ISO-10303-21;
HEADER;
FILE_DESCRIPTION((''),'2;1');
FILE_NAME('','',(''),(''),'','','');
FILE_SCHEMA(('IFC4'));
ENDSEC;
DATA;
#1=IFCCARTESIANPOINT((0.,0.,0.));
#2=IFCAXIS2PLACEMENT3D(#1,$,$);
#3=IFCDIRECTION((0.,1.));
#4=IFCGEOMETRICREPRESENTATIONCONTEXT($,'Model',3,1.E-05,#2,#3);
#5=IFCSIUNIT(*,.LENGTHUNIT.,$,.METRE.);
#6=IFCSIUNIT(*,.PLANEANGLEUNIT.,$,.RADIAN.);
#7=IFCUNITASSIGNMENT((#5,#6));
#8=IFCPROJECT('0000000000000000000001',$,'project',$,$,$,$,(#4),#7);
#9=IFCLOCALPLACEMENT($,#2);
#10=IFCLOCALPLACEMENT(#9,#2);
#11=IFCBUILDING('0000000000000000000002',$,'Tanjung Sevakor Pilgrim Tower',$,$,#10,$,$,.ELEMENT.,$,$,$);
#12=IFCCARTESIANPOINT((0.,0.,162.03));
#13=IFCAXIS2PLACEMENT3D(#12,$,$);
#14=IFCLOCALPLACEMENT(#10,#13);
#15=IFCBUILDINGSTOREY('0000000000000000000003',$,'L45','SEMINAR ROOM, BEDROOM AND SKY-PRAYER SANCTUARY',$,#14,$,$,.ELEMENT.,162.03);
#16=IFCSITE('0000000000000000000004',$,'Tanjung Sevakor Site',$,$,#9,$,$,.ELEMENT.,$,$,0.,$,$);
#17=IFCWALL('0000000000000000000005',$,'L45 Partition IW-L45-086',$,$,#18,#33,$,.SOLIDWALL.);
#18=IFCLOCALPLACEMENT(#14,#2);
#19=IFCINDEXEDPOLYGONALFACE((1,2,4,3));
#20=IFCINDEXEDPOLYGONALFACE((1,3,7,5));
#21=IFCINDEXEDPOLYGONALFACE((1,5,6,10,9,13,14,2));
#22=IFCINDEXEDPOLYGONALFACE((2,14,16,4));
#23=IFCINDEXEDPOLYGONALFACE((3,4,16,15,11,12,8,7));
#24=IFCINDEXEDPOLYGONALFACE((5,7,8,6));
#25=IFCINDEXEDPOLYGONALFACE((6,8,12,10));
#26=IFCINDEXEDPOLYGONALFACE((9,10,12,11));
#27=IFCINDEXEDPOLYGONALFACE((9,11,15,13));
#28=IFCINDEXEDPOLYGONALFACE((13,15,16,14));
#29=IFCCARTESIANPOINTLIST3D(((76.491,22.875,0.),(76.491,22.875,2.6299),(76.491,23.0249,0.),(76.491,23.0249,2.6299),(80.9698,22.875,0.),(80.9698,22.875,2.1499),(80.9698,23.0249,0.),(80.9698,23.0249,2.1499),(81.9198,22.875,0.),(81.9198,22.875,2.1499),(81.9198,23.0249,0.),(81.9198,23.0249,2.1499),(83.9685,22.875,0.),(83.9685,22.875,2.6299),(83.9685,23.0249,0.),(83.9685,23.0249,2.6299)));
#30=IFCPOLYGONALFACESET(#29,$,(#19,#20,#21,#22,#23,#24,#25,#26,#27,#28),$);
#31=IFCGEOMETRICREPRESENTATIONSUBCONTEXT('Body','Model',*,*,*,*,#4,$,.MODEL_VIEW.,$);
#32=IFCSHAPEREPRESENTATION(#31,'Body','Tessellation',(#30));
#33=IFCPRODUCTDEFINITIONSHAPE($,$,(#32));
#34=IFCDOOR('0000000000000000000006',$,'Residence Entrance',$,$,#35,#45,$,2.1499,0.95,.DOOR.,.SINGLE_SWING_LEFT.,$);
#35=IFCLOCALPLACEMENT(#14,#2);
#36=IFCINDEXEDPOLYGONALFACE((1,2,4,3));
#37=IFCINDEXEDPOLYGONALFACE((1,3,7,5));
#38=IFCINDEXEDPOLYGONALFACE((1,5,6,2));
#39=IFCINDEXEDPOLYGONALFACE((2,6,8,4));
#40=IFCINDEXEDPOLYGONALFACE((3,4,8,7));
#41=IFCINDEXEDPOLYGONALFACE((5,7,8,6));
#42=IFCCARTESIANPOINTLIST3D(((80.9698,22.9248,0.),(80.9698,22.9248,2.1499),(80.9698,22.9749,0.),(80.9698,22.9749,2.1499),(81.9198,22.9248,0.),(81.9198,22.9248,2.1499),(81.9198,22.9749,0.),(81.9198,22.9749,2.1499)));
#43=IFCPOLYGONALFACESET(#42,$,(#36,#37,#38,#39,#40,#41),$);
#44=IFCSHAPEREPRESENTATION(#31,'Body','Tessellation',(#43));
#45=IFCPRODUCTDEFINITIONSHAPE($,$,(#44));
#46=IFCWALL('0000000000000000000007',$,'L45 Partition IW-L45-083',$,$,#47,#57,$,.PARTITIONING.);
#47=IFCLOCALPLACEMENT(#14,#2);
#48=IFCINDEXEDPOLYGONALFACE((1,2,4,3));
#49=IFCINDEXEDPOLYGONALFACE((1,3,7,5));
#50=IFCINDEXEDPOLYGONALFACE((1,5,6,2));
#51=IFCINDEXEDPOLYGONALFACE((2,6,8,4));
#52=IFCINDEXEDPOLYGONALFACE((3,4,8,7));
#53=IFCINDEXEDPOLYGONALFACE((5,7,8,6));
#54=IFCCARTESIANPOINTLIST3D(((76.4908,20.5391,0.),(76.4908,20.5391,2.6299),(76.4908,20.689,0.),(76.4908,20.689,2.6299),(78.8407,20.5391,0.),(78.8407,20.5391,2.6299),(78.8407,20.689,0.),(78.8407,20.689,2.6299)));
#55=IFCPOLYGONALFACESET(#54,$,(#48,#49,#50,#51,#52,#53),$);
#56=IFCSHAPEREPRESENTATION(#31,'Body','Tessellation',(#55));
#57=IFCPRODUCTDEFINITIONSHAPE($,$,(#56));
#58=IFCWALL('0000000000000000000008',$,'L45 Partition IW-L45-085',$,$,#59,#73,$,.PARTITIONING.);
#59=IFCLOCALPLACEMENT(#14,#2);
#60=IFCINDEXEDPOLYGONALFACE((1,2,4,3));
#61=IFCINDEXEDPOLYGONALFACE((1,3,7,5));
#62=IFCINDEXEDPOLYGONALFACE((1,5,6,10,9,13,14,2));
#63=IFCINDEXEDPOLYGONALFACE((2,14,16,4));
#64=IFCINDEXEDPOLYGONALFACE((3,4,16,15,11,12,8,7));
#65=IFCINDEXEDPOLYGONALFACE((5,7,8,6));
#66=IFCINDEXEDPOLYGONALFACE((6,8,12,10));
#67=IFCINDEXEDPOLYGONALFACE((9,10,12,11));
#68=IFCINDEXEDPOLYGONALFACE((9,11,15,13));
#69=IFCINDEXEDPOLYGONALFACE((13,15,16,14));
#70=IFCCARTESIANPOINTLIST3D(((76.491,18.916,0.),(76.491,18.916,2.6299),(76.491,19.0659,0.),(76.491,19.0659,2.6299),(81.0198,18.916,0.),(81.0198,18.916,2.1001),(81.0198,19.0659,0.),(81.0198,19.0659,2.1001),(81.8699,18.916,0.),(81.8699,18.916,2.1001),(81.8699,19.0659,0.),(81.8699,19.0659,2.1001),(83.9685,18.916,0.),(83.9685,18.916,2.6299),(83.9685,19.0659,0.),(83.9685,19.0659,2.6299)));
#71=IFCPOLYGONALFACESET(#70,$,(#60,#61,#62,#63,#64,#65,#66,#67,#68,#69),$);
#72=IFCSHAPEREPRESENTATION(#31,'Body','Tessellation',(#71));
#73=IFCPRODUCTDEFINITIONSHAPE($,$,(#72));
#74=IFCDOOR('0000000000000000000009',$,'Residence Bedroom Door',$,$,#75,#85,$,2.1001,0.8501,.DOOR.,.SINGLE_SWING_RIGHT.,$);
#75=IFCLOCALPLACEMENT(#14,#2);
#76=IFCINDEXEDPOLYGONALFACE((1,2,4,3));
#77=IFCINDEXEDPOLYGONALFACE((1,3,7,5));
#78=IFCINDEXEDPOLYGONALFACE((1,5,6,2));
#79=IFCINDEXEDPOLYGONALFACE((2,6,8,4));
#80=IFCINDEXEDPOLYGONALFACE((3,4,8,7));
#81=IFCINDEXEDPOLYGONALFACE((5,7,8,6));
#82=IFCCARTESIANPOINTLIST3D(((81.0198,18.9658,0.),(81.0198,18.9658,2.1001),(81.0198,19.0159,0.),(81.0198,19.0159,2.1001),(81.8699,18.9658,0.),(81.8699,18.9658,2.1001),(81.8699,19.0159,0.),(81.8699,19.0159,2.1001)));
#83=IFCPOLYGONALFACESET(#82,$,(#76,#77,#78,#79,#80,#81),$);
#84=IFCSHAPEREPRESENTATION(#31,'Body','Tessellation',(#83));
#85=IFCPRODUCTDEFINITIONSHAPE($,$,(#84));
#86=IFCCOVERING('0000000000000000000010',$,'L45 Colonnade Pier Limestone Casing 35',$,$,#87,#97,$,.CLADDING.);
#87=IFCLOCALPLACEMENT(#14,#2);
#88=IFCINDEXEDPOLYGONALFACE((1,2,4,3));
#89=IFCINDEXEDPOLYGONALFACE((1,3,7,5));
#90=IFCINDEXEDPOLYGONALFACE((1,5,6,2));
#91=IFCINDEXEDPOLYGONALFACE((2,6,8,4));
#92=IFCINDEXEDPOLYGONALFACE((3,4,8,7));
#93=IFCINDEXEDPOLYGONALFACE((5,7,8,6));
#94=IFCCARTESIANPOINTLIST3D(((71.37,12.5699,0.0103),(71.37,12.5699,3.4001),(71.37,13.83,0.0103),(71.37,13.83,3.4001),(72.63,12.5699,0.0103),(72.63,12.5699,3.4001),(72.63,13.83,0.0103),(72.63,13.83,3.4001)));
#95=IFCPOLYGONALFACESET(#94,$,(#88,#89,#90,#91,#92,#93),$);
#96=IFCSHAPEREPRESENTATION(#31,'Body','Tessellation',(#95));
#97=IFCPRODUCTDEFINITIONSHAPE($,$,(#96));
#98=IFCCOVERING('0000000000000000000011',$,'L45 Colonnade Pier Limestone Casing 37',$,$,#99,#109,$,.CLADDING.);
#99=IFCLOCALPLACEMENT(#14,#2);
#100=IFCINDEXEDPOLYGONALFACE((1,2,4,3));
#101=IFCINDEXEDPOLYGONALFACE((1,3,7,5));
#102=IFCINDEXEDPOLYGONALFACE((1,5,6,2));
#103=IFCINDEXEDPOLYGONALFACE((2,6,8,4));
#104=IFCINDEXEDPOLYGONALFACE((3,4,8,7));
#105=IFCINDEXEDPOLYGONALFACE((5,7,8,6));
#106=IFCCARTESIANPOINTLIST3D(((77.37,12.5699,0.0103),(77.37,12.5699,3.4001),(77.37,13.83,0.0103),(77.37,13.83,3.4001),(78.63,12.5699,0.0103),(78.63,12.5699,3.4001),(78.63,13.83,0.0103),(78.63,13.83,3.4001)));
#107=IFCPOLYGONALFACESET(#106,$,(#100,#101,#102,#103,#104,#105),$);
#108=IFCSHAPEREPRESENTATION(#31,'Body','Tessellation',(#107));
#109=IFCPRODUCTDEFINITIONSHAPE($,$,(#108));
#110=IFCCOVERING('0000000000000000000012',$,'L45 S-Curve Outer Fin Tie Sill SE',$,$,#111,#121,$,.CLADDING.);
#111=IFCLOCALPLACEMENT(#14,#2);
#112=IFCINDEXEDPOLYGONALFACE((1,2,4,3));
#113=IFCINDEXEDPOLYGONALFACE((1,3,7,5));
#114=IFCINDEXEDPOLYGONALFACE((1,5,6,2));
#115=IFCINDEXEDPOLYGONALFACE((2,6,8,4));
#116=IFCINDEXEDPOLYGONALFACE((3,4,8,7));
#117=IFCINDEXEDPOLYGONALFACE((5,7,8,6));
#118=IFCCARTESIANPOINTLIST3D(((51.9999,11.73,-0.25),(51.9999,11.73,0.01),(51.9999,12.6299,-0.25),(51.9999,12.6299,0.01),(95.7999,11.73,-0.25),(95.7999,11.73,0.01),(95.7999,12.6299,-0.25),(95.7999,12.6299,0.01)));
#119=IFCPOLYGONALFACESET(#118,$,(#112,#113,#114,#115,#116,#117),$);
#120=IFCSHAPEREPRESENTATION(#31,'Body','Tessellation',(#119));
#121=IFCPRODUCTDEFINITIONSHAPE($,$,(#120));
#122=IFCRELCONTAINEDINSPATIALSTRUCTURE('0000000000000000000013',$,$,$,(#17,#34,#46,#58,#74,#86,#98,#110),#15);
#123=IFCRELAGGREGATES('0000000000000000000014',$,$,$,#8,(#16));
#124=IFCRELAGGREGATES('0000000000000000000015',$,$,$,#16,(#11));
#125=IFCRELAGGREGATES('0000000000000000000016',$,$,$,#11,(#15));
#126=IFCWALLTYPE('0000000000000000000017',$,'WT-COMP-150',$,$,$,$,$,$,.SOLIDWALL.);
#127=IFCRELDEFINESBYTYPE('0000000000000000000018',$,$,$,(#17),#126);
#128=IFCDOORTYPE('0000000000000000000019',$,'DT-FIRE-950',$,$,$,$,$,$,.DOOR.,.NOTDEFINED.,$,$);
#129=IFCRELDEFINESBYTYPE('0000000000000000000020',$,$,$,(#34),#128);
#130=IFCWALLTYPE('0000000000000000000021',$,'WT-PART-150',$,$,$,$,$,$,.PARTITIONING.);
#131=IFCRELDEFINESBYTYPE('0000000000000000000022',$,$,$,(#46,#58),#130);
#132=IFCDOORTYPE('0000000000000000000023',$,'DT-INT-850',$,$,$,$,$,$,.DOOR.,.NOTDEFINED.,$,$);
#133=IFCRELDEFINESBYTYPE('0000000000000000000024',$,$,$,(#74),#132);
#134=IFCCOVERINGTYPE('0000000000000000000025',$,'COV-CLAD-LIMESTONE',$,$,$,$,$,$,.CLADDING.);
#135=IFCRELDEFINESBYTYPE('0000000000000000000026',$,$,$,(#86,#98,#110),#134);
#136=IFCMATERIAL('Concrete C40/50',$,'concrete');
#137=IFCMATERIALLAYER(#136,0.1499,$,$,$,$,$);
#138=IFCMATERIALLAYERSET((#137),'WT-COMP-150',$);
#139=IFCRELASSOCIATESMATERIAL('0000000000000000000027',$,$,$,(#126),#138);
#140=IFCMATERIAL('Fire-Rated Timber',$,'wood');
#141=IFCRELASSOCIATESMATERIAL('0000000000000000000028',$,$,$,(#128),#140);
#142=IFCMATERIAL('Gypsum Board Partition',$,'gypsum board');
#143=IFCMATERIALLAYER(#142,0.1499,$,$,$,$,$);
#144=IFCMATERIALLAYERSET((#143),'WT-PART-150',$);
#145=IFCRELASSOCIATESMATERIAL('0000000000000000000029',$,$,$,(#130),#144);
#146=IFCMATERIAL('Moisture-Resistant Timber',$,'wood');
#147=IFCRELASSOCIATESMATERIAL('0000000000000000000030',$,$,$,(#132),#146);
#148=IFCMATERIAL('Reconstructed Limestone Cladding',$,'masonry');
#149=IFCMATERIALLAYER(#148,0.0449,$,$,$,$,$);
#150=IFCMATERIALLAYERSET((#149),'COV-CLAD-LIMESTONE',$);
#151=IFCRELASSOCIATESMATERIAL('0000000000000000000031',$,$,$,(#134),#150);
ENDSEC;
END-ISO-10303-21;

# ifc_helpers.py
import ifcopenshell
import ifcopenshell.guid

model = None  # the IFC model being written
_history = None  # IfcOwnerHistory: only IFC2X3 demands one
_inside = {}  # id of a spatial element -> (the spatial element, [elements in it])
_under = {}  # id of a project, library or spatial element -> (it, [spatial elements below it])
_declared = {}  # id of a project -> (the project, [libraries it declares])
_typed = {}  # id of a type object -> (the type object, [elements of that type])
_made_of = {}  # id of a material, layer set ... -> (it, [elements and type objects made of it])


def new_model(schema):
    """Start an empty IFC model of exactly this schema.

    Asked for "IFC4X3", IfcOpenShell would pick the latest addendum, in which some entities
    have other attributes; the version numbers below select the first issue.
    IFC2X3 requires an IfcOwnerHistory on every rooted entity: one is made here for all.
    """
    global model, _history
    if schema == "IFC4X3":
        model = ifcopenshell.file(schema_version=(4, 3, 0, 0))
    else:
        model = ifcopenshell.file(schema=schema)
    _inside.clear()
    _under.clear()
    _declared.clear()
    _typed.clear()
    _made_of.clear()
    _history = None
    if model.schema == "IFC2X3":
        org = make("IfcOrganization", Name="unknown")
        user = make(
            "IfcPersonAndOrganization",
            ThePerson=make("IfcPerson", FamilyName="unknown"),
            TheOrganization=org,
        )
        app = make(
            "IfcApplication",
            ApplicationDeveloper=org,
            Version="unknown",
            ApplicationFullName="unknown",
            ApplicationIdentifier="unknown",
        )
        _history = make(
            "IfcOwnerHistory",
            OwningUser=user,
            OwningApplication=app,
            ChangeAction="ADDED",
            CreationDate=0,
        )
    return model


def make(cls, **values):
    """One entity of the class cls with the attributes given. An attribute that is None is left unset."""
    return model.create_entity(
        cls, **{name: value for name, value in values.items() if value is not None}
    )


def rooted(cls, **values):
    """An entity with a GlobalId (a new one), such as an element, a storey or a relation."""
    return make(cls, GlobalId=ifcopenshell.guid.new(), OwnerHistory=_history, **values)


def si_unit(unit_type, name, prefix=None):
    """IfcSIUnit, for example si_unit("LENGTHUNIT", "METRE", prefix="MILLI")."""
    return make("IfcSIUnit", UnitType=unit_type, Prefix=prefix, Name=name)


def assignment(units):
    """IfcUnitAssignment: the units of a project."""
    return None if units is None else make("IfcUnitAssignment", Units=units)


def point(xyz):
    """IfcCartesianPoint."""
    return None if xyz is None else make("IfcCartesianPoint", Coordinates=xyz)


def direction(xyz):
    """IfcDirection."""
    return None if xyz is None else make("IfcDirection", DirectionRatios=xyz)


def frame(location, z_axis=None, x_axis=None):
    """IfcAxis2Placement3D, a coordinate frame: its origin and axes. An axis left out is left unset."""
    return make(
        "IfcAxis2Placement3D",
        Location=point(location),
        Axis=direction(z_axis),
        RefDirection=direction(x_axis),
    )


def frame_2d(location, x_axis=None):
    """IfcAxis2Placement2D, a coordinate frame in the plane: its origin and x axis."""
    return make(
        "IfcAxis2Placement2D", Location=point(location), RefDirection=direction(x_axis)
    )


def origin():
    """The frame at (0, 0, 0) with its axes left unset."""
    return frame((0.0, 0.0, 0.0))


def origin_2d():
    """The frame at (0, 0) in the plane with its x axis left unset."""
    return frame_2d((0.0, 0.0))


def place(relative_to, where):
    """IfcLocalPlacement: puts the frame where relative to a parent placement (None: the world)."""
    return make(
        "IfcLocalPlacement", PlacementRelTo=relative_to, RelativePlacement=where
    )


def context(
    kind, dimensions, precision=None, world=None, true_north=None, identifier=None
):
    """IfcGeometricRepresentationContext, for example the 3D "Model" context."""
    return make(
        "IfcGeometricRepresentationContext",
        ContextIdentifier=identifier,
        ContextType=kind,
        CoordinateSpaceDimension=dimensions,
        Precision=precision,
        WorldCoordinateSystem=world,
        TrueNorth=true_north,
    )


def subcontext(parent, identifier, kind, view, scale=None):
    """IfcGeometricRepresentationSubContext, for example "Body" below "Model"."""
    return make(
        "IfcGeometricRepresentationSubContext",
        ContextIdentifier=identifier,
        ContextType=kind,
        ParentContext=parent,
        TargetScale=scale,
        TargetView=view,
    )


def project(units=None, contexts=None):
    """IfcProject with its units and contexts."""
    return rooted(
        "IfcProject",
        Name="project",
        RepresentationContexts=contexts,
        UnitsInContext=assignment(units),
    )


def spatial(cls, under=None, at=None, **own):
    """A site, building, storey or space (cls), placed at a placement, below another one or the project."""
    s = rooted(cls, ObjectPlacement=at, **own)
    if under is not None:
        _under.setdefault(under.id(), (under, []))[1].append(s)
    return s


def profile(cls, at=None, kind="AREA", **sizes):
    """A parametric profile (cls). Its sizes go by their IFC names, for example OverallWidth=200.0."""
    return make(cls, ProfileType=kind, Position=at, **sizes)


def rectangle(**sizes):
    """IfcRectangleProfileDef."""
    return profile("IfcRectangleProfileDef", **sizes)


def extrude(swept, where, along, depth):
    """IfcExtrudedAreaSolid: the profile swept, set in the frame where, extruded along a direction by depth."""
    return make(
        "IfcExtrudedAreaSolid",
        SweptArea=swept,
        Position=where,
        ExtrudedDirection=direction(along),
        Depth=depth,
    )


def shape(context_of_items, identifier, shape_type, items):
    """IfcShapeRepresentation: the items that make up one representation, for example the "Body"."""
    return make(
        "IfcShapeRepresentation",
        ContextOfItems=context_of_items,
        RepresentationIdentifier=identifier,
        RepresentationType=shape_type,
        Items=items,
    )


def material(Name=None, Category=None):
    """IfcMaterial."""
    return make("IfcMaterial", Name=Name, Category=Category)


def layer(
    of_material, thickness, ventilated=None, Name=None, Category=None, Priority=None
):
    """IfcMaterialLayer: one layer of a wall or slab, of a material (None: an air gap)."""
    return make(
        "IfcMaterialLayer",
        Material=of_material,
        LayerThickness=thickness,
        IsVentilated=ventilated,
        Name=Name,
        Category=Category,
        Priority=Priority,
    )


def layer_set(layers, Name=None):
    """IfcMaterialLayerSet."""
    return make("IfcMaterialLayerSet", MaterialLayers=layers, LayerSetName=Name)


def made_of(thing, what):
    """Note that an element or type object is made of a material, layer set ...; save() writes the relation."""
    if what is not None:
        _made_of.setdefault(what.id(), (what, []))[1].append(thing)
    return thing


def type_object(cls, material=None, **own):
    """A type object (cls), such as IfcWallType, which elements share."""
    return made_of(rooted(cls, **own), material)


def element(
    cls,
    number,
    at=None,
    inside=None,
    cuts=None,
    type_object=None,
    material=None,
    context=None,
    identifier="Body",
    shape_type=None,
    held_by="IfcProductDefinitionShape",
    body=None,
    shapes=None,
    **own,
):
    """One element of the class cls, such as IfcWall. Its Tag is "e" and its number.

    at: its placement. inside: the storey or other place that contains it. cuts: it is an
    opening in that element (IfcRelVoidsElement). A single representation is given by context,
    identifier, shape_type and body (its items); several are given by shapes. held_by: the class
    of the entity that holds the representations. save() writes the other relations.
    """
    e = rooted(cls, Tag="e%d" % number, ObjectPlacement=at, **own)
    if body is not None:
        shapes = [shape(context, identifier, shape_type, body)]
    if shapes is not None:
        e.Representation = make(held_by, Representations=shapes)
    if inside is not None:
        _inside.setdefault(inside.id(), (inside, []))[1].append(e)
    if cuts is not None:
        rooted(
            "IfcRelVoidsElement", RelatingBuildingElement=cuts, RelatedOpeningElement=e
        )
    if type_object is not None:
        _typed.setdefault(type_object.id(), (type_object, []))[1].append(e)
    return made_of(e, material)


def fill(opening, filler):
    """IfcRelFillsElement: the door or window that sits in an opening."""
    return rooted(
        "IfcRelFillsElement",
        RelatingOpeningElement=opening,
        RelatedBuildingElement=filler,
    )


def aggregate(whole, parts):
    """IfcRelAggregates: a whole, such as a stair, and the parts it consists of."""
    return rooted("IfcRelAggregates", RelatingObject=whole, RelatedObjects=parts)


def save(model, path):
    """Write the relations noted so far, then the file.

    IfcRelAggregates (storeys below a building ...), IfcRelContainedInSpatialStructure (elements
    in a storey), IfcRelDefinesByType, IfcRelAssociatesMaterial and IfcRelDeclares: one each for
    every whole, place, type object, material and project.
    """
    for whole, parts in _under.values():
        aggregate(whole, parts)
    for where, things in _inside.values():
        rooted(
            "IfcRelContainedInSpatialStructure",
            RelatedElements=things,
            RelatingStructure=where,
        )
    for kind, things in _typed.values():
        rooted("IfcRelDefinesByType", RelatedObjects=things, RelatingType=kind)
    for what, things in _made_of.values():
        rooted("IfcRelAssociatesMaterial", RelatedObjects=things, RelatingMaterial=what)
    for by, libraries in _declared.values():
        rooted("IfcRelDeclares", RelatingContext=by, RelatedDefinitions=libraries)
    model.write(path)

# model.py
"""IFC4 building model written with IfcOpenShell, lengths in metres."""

from ifc_helpers import new_model, si_unit, direction, frame, frame_2d, origin, origin_2d, place, context, subcontext, project, spatial, rectangle, extrude, material, layer, layer_set, type_object, element, fill, save


model = new_model("IFC4")

# Units and contexts
model_context = context("Model", 3, precision=1e-05, world=origin(), true_north=direction((0.0, 1.0)))
body_context = subcontext(model_context, "Body", "Model", "MODEL_VIEW")
ifc_project = project(units=[si_unit("LENGTHUNIT", "METRE"), si_unit("PLANEANGLEUNIT", "RADIAN")], contexts=[model_context])

# Site, building, storey
site_placement = place(None, origin())
site = spatial("IfcSite", under=ifc_project, at=site_placement, Name="Tanjung Sevakor Site", CompositionType="ELEMENT", RefElevation=0.0)
building_placement = place(site_placement, origin())
building = spatial("IfcBuilding", under=site, at=building_placement, Name="Tanjung Sevakor Pilgrim Tower", CompositionType="ELEMENT")
storey_placement = place(building_placement, frame((0.0, 0.0, 162.03)))
storey = spatial("IfcBuildingStorey", under=building, at=storey_placement, Name="L45", Description="SEMINAR ROOM, BEDROOM AND SKY-PRAYER SANCTUARY", CompositionType="ELEMENT", Elevation=162.03)

# Shared definitions
ifc_material_1 = material(Name="Concrete C40/50", Category="concrete")
ifc_layer_1 = layer(ifc_material_1, 0.1499)
ifc_layer_set_1 = layer_set([ifc_layer_1], Name="WT-COMP-150")
wall_type_1 = type_object("IfcWallType", Name="WT-COMP-150", PredefinedType="SOLIDWALL", material=ifc_layer_set_1)

# Wall, opening, door
wall_1_placement = place(storey_placement, frame((76.491, 22.95, 0.0), z_axis=(0.0, 0.0, 1.0), x_axis=(1.0, 0.0, 0.0)))
wall_1 = element("IfcWall", 1, at=wall_1_placement, inside=storey, type_object=wall_type_1, Name="L45 Partition IW-L45-086", PredefinedType="SOLIDWALL", context=body_context, shape_type="SweptSolid", body=[
    extrude(rectangle(XDim=7.4775, YDim=0.1499, at=frame_2d((3.7388, 0.0))), origin(), (0.0, 0.0, 1.0), 2.6299),
])
opening_1_placement = place(wall_1_placement, frame((4.4788, 0.0, 0.0)))
opening_1 = element("IfcOpeningElement", 2, at=opening_1_placement, cuts=wall_1, PredefinedType="OPENING", context=body_context, shape_type="SweptSolid", body=[
    extrude(rectangle(XDim=0.95, YDim=2.1499, at=frame_2d((0.4751, 1.075))), frame((0.0, 0.085, 0.0), z_axis=(0.0, -1.0, 0.0), x_axis=(1.0, 0.0, 0.0)), (0.0, 0.0, 1.0), 0.1699),
])
ifc_material_2 = material(Name="Fire-Rated Timber", Category="wood")
door_type_1 = type_object("IfcDoorType", Name="DT-FIRE-950", OperationType="NOTDEFINED", PredefinedType="DOOR", material=ifc_material_2)
door_1_placement = place(opening_1_placement, origin())
door_1 = element("IfcDoor", 3, at=door_1_placement, inside=storey, type_object=door_type_1, Name="Residence Entrance", OperationType="SINGLE_SWING_LEFT", OverallHeight=2.1499, OverallWidth=0.95, PredefinedType="DOOR", context=body_context, shape_type="SweptSolid", body=[
    extrude(rectangle(XDim=0.95, YDim=2.1499, at=frame_2d((0.4751, 1.075))), frame((0.0, 0.0249, 0.0), z_axis=(0.0, -1.0, 0.0), x_axis=(1.0, 0.0, 0.0)), (0.0, 0.0, 1.0), 0.05),
])
fill(opening_1, door_1)

# Wall
ifc_material_3 = material(Name="Gypsum Board Partition", Category="gypsum board")
ifc_layer_2 = layer(ifc_material_3, 0.1499)
ifc_layer_set_2 = layer_set([ifc_layer_2], Name="WT-PART-150")
wall_type_2 = type_object("IfcWallType", Name="WT-PART-150", PredefinedType="PARTITIONING", material=ifc_layer_set_2)
wall_2_placement = place(storey_placement, frame((76.491, 20.614, 0.0), z_axis=(0.0, 0.0, 1.0), x_axis=(1.0, 0.0, 0.0)))
element("IfcWall", 4, at=wall_2_placement, inside=storey, type_object=wall_type_2, Name="L45 Partition IW-L45-083", PredefinedType="PARTITIONING", context=body_context, shape_type="SweptSolid", body=[
    extrude(rectangle(XDim=2.3499, YDim=0.1499, at=frame_2d((1.1748, 0.0))), origin(), (0.0, 0.0, 1.0), 2.6299),
])

# Wall, opening, door
wall_3_placement = place(storey_placement, frame((76.491, 18.991, 0.0), z_axis=(0.0, 0.0, 1.0), x_axis=(1.0, 0.0, 0.0)))
wall_3 = element("IfcWall", 5, at=wall_3_placement, inside=storey, type_object=wall_type_2, Name="L45 Partition IW-L45-085", PredefinedType="PARTITIONING", context=body_context, shape_type="SweptSolid", body=[
    extrude(rectangle(XDim=7.4775, YDim=0.1499, at=frame_2d((3.7388, 0.0))), origin(), (0.0, 0.0, 1.0), 2.6299),
])
opening_2_placement = place(wall_3_placement, frame((4.5288, 0.0, 0.0)))
opening_2 = element("IfcOpeningElement", 6, at=opening_2_placement, cuts=wall_3, PredefinedType="OPENING", context=body_context, shape_type="SweptSolid", body=[
    extrude(rectangle(XDim=0.8501, YDim=2.1001, at=frame_2d((0.425, 1.05))), frame((0.0, 0.085, 0.0), z_axis=(0.0, -1.0, 0.0), x_axis=(1.0, 0.0, 0.0)), (0.0, 0.0, 1.0), 0.1699),
])
ifc_material_4 = material(Name="Moisture-Resistant Timber", Category="wood")
door_type_2 = type_object("IfcDoorType", Name="DT-INT-850", OperationType="NOTDEFINED", PredefinedType="DOOR", material=ifc_material_4)
door_2_placement = place(opening_2_placement, origin())
door_2 = element("IfcDoor", 7, at=door_2_placement, inside=storey, type_object=door_type_2, Name="Residence Bedroom Door", OperationType="SINGLE_SWING_RIGHT", OverallHeight=2.1001, OverallWidth=0.8501, PredefinedType="DOOR", context=body_context, shape_type="SweptSolid", body=[
    extrude(rectangle(XDim=0.8501, YDim=2.1001, at=frame_2d((0.425, 1.05))), frame((0.0, 0.0249, 0.0), z_axis=(0.0, -1.0, 0.0), x_axis=(1.0, 0.0, 0.0)), (0.0, 0.0, 1.0), 0.05),
])
fill(opening_2, door_2)

# Coverings
ifc_material_5 = material(Name="Reconstructed Limestone Cladding", Category="masonry")
ifc_layer_3 = layer(ifc_material_5, 0.0449)
ifc_layer_set_3 = layer_set([ifc_layer_3], Name="COV-CLAD-LIMESTONE")
covering_type = type_object("IfcCoveringType", Name="COV-CLAD-LIMESTONE", PredefinedType="CLADDING", material=ifc_layer_set_3)
for number, where, z_axis, x_axis, name in (
    (8, (72.0, 13.2, 0.0103), (0.0, 0.0, 1.0), (1.0, 0.0, 0.0), "L45 Colonnade Pier Limestone Casing 35"),
    (9, (78.0, 13.2, 0.0103), (0.0, 0.0, 1.0), (1.0, 0.0, 0.0), "L45 Colonnade Pier Limestone Casing 37"),
):
    element("IfcCovering", number, at=place(storey_placement, frame(where, z_axis=z_axis, x_axis=x_axis)), inside=storey, type_object=covering_type, Name=name, PredefinedType="CLADDING", context=body_context, shape_type="SweptSolid", body=[
        extrude(rectangle(XDim=1.26, YDim=1.26, at=origin_2d()), origin(), (0.0, 0.0, 1.0), 3.3899),
    ])
covering_placement = place(storey_placement, frame((73.8999, 12.1799, -0.25), z_axis=(0.0, 0.0, 1.0), x_axis=(1.0, 0.0, 0.0)))
element("IfcCovering", 10, at=covering_placement, inside=storey, type_object=covering_type, Name="L45 S-Curve Outer Fin Tie Sill SE", PredefinedType="CLADDING", context=body_context, shape_type="SweptSolid", body=[
    extrude(rectangle(XDim=43.8, YDim=0.8999, at=origin_2d()), origin(), (0.0, 0.0, 1.0), 0.26),
])

save(model, "model.ifc")
